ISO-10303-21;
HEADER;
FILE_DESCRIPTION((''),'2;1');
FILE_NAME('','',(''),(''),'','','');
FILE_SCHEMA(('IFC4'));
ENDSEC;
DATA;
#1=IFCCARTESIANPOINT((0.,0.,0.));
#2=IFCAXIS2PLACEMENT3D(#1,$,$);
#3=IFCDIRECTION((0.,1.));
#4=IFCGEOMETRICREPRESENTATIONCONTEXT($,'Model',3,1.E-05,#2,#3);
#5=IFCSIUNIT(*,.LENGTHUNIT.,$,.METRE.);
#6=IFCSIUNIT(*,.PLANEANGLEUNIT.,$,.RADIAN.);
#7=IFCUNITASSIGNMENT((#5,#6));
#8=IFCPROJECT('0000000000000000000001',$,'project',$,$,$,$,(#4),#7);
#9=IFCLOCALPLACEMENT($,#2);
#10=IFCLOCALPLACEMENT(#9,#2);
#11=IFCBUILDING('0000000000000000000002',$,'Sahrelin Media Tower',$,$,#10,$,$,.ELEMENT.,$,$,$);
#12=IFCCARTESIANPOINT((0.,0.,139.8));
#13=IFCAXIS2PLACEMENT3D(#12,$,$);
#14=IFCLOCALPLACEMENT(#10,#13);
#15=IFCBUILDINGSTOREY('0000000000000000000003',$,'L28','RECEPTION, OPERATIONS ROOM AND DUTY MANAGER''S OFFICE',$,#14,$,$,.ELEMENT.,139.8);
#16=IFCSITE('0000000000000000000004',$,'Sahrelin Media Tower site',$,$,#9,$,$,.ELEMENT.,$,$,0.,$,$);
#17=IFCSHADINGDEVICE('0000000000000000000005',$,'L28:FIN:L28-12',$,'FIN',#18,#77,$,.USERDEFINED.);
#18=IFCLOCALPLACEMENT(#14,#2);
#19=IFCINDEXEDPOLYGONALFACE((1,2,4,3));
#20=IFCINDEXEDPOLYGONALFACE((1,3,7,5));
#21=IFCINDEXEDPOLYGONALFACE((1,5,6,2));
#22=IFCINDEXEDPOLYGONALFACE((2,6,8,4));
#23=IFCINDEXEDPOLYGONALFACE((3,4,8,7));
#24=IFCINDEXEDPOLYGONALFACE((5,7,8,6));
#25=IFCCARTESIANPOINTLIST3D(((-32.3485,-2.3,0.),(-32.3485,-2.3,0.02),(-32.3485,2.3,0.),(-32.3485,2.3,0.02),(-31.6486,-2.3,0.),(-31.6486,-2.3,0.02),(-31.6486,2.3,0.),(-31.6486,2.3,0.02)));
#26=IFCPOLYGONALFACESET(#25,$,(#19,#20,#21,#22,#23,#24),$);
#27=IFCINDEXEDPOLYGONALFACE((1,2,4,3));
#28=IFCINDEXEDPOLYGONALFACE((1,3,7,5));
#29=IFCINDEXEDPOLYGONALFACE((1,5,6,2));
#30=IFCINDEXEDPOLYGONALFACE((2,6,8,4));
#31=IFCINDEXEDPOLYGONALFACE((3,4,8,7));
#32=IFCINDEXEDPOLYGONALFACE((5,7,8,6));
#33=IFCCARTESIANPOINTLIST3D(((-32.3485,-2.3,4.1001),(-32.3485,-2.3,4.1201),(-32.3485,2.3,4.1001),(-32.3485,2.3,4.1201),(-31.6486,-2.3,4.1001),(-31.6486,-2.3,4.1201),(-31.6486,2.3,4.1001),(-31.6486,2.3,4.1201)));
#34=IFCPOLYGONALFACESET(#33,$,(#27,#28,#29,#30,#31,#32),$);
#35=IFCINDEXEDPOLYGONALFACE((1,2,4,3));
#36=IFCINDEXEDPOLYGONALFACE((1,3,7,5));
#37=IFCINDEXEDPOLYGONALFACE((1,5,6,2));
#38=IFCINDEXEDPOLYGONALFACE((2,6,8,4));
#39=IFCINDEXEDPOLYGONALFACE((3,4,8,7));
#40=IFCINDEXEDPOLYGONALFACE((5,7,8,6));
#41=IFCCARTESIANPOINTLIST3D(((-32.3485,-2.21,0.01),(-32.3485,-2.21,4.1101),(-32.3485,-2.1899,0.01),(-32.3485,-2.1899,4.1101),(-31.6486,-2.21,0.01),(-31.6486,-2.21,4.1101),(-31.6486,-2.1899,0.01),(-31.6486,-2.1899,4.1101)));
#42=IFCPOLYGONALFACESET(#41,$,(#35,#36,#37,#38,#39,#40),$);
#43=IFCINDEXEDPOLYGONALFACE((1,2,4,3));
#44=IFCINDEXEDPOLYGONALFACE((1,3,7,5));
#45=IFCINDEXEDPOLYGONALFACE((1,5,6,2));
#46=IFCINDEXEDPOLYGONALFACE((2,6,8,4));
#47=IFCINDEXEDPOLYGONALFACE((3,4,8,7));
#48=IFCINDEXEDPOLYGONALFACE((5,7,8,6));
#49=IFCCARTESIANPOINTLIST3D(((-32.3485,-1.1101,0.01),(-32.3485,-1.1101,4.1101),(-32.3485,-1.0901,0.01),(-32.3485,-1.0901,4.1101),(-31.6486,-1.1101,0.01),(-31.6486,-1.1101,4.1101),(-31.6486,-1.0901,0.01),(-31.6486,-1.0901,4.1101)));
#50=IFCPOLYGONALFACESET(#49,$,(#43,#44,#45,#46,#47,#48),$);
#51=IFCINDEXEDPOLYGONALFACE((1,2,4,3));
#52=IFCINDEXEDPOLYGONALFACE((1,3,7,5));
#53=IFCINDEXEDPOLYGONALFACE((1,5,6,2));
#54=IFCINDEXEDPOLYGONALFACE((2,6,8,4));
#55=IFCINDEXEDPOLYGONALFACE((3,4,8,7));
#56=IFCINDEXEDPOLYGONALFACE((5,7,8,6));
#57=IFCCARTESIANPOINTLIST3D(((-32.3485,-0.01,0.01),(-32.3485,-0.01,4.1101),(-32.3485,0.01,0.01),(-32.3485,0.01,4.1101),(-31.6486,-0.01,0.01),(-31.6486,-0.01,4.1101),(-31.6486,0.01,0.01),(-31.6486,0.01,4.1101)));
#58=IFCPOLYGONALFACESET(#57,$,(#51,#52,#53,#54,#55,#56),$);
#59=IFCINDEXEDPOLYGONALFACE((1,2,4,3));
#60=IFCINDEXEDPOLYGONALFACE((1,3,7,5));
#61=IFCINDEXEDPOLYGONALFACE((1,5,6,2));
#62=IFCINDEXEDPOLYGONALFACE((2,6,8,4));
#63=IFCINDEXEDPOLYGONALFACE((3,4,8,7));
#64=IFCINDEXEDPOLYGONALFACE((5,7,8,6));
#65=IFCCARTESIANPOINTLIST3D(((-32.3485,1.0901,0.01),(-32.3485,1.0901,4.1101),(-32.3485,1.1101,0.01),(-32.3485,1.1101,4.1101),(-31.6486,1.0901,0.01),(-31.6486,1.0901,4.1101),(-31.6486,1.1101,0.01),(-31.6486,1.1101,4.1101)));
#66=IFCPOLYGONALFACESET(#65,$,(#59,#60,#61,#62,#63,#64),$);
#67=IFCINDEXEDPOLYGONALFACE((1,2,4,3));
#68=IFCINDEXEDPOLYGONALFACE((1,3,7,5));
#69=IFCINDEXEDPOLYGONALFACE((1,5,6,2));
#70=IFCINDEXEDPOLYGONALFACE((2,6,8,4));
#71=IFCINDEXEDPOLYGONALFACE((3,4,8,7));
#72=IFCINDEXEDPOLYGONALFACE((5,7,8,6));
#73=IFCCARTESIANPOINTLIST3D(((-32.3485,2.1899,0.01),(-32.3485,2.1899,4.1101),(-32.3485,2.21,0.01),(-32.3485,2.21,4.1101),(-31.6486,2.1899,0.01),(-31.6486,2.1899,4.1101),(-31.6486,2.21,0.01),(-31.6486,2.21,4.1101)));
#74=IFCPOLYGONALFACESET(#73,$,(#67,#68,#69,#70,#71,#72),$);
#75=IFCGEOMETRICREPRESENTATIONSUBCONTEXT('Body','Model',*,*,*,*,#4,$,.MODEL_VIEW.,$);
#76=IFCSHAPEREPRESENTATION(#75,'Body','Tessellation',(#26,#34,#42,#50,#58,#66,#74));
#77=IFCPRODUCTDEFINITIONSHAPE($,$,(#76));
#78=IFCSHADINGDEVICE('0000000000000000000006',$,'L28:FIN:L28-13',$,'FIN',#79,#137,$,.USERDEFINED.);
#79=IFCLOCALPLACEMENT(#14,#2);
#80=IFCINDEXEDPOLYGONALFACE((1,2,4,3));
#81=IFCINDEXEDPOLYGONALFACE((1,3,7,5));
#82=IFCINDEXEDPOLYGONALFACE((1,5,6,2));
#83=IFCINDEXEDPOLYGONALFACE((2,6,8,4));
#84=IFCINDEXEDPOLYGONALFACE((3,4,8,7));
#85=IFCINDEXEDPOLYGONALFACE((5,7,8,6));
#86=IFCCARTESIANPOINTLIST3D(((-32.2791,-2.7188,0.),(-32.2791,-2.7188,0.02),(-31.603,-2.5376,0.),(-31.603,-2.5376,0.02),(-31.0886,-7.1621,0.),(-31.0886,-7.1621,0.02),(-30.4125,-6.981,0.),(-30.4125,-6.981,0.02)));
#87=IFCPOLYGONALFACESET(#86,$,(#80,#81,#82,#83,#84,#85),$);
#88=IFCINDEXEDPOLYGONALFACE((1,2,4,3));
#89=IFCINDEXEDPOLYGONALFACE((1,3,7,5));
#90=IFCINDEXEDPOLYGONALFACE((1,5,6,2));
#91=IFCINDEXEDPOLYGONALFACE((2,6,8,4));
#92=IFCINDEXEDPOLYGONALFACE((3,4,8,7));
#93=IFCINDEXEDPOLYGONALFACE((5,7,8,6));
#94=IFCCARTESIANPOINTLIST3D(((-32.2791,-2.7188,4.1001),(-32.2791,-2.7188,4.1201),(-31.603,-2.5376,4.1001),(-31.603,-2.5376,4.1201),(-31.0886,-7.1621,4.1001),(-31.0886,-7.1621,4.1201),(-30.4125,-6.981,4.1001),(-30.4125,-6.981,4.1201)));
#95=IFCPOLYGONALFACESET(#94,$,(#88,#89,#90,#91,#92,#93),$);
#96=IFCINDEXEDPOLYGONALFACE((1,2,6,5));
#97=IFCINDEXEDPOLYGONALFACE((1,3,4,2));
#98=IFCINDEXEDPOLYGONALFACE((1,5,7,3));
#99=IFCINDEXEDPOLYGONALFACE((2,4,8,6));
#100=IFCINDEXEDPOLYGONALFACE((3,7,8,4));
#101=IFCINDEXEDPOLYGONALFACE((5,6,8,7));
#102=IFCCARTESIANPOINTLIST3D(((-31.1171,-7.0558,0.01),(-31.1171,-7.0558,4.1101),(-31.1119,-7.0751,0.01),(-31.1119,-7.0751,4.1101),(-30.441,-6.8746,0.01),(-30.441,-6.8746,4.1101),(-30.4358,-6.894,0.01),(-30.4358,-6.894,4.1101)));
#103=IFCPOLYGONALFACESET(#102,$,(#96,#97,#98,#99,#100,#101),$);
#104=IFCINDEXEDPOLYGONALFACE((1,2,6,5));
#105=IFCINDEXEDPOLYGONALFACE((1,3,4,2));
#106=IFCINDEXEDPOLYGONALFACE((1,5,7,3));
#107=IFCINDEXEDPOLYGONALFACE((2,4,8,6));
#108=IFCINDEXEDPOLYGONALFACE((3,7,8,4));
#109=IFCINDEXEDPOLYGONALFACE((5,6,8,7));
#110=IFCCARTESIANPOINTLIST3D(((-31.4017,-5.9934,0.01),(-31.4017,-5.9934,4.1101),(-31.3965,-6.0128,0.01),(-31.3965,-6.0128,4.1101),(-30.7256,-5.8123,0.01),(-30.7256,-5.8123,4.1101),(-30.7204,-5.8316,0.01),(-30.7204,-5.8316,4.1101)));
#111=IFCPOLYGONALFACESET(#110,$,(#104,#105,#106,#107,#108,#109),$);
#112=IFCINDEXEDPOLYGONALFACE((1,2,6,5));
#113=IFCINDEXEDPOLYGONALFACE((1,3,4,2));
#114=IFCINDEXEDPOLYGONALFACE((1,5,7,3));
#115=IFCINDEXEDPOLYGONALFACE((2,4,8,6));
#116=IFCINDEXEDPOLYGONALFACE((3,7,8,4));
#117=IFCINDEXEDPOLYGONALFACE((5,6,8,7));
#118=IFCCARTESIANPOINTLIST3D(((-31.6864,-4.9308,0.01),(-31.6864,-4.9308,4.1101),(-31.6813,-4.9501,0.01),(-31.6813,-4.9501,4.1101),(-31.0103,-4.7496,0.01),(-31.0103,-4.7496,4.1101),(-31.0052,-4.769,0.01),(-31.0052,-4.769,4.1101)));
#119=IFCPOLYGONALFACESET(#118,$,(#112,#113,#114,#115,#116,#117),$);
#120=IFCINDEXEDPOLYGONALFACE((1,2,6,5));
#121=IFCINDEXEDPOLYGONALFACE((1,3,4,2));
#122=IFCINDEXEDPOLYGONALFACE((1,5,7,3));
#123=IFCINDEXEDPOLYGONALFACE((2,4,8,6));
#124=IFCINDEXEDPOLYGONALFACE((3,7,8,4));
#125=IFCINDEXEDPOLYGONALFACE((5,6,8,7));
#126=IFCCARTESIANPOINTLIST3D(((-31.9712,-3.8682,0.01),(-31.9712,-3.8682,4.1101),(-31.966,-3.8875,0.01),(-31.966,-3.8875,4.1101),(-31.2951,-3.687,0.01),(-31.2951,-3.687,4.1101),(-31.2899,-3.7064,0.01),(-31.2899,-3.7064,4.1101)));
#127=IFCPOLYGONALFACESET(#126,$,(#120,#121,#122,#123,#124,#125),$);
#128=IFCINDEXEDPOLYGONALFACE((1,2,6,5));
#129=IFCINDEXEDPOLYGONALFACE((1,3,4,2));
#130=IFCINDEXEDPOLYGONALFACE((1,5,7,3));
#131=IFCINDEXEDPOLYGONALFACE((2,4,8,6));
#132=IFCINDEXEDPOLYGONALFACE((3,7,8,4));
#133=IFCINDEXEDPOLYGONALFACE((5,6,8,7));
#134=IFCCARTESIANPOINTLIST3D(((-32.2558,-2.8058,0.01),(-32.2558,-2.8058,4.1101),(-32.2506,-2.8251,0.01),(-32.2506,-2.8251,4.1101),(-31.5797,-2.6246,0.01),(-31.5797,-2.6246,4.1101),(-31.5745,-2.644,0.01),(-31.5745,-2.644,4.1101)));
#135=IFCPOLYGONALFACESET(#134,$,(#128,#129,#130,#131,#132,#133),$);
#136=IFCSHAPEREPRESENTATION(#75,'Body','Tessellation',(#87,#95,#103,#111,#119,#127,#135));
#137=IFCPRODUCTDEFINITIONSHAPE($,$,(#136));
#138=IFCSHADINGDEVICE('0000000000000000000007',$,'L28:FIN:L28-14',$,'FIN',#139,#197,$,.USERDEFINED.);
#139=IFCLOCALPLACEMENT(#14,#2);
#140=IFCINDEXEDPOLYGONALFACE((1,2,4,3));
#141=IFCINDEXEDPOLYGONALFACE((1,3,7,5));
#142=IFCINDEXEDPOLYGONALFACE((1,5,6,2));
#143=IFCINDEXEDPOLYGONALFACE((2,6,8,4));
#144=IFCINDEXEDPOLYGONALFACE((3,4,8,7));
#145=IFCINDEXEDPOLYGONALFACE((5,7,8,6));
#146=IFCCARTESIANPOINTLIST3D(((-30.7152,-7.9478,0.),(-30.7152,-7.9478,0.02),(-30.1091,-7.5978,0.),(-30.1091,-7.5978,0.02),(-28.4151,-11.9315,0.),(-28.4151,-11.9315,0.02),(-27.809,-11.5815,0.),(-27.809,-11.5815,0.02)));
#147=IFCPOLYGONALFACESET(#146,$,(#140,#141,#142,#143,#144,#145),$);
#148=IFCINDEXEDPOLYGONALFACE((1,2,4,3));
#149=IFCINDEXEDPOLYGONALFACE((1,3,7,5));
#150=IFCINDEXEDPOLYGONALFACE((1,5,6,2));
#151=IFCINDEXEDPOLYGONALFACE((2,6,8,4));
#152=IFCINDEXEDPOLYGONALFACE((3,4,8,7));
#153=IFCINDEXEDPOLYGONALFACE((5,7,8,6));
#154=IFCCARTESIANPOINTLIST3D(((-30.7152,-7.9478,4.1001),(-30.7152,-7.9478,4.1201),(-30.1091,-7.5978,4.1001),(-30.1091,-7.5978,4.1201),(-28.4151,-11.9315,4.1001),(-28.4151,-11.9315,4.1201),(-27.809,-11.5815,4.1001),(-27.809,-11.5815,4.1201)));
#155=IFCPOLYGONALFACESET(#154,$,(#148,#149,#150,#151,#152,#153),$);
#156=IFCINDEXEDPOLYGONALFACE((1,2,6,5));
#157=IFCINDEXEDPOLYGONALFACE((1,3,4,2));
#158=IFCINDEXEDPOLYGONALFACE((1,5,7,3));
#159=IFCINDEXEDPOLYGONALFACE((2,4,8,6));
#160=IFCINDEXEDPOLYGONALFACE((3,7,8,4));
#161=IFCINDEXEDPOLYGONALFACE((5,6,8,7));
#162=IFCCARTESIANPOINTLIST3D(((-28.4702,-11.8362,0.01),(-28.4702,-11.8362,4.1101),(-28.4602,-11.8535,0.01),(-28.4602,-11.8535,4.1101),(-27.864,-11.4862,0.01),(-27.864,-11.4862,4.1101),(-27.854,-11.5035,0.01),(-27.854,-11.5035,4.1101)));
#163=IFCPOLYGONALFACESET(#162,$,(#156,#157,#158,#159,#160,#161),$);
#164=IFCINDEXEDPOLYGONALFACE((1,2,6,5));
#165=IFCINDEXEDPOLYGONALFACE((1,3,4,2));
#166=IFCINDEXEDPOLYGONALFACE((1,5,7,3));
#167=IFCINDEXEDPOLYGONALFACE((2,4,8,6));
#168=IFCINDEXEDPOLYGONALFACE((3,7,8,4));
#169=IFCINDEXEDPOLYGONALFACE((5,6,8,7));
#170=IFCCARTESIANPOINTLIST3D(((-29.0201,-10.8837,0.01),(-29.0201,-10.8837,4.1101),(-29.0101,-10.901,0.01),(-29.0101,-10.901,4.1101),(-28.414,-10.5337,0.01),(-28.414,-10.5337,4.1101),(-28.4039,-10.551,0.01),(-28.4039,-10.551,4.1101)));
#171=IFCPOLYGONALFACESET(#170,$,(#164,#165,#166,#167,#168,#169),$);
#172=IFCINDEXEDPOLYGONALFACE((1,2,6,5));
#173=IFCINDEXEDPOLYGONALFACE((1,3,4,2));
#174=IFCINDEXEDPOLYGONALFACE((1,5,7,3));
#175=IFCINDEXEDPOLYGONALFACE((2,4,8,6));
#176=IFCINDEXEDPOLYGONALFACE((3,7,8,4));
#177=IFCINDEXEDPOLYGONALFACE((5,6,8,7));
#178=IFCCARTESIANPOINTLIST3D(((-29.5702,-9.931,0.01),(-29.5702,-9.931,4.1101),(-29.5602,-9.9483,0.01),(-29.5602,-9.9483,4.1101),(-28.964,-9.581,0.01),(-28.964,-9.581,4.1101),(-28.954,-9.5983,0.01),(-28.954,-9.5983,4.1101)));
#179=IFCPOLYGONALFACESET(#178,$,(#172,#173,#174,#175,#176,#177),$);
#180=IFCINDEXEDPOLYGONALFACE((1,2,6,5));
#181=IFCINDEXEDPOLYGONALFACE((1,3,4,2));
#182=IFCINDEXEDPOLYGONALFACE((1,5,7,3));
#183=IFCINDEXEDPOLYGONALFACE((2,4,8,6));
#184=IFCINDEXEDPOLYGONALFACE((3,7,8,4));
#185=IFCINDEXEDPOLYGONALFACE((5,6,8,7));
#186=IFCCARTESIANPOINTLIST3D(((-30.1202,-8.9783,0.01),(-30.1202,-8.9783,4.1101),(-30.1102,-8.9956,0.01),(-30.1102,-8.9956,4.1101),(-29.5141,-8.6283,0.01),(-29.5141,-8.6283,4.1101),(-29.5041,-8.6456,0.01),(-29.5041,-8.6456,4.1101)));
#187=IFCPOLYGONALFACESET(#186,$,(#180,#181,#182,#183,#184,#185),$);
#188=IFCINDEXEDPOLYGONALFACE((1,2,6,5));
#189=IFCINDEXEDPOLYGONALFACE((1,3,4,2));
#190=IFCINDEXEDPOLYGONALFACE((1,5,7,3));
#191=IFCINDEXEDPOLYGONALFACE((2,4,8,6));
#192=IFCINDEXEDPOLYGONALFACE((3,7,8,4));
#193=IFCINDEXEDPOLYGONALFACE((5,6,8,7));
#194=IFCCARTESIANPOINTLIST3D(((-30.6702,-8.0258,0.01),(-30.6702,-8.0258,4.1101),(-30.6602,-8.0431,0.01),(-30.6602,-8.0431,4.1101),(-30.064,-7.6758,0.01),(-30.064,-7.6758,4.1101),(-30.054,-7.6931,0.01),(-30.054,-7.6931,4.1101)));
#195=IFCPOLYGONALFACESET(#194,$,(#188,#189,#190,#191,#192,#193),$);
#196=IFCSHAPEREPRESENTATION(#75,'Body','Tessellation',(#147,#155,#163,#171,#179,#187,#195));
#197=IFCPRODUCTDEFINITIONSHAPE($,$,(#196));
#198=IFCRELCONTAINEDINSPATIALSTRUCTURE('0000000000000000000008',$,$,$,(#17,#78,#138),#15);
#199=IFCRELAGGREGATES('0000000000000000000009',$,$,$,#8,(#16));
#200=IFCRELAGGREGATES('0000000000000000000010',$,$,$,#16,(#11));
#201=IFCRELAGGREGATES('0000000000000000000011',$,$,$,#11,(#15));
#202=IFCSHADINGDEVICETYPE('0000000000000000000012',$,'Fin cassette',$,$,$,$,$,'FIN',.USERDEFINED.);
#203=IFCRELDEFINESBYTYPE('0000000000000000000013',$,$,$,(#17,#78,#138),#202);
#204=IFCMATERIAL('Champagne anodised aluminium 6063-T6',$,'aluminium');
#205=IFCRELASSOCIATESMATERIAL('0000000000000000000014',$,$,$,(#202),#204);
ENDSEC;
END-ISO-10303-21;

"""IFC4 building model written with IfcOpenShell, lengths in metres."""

from ifc_helpers import new_model, si_unit, direction, frame, origin, origin_2d, place, context, subcontext, project, spatial, rectangle, extrude, material, type_object, element, save


model = new_model("IFC4")

# Units and contexts
model_context = context("Model", 3, precision=1e-05, world=origin(), true_north=direction((0.0, 1.0)))
body_context = subcontext(model_context, "Body", "Model", "MODEL_VIEW")
ifc_project = project(units=[si_unit("LENGTHUNIT", "METRE"), si_unit("PLANEANGLEUNIT", "RADIAN")], contexts=[model_context])

# Site, building, storey
site_placement = place(None, origin())
site = spatial("IfcSite", under=ifc_project, at=site_placement, Name="Sahrelin Media Tower site", CompositionType="ELEMENT", RefElevation=0.0)
building_placement = place(site_placement, origin())
building = spatial("IfcBuilding", under=site, at=building_placement, Name="Sahrelin Media Tower", CompositionType="ELEMENT")
storey_placement = place(building_placement, frame((0.0, 0.0, 139.8)))
storey = spatial("IfcBuildingStorey", under=building, at=storey_placement, Name="L28", Description="RECEPTION, OPERATIONS ROOM AND DUTY MANAGER'S OFFICE", CompositionType="ELEMENT", Elevation=139.8)

# Shared definitions
ifc_material_1 = material(Name="Champagne anodised aluminium 6063-T6", Category="aluminium")

# Shading devices
shading_device_type_1 = type_object("IfcShadingDeviceType", Name="Fin cassette", ElementType="FIN", PredefinedType="USERDEFINED", material=ifc_material_1)
placement_1 = place(storey_placement, frame((-31.5786, 0.0, 0.0), z_axis=(0.0, 0.0, 1.0), x_axis=(0.0, 1.0, 0.0)))
element("IfcShadingDevice", 1, at=placement_1, inside=storey, type_object=shading_device_type_1, Name="L28:FIN:L28-12", ObjectType="FIN", PredefinedType="USERDEFINED", context=body_context, shape_type="SweptSolid", body=[
    extrude(rectangle(XDim=4.6001, YDim=0.7, at=origin_2d()), frame((0.0, 0.4199, 0.0)), (0.0, 0.0, 1.0), 0.02),
    extrude(rectangle(XDim=4.6001, YDim=0.7, at=origin_2d()), frame((0.0, 0.4199, 4.1001)), (0.0, 0.0, 1.0), 0.02),
    extrude(rectangle(XDim=0.02, YDim=0.7, at=origin_2d()), frame((-2.2, 0.4199, 0.01), z_axis=(0.0, 0.0, 1.0), x_axis=(1.0, 0.0, 0.0)), (0.0, 0.0, 1.0), 4.1001),
    extrude(rectangle(XDim=0.02, YDim=0.7, at=origin_2d()), frame((-1.1001, 0.4199, 0.01), z_axis=(0.0, 0.0, 1.0), x_axis=(1.0, 0.0, 0.0)), (0.0, 0.0, 1.0), 4.1001),
    extrude(rectangle(XDim=0.02, YDim=0.7, at=origin_2d()), frame((0.0, 0.4199, 0.01), z_axis=(0.0, 0.0, 1.0), x_axis=(1.0, 0.0, 0.0)), (0.0, 0.0, 1.0), 4.1001),
    extrude(rectangle(XDim=0.02, YDim=0.7, at=origin_2d()), frame((1.1001, 0.4199, 0.01), z_axis=(0.0, 0.0, 1.0), x_axis=(1.0, 0.0, 0.0)), (0.0, 0.0, 1.0), 4.1001),
    extrude(rectangle(XDim=0.02, YDim=0.7, at=origin_2d()), frame((2.2, 0.4199, 0.01), z_axis=(0.0, 0.0, 1.0), x_axis=(1.0, 0.0, 0.0)), (0.0, 0.0, 1.0), 4.1001),
])
placement_2 = place(storey_placement, frame((-30.9402, -4.7412, 0.0), z_axis=(0.0, 0.0, 1.0), x_axis=(-0.258808, 0.965929, 0.0)))
element("IfcShadingDevice", 2, at=placement_2, inside=storey, type_object=shading_device_type_1, Name="L28:FIN:L28-13", ObjectType="FIN", PredefinedType="USERDEFINED", context=body_context, shape_type="SweptSolid", body=[
    extrude(rectangle(XDim=4.6001, YDim=0.7, at=origin_2d()), frame((0.0, 0.4199, 0.0)), (0.0, 0.0, 1.0), 0.02),
    extrude(rectangle(XDim=4.6001, YDim=0.7, at=origin_2d()), frame((0.0, 0.4199, 4.1001)), (0.0, 0.0, 1.0), 0.02),
    extrude(rectangle(XDim=0.02, YDim=0.7, at=origin_2d()), frame((-2.2, 0.4199, 0.01), z_axis=(0.0, 0.0, 1.0), x_axis=(1.0, 0.0, 0.0)), (0.0, 0.0, 1.0), 4.1001),
    extrude(rectangle(XDim=0.02, YDim=0.7, at=origin_2d()), frame((-1.1001, 0.4199, 0.01), z_axis=(0.0, 0.0, 1.0), x_axis=(1.0, 0.0, 0.0)), (0.0, 0.0, 1.0), 4.1001),
    extrude(rectangle(XDim=0.02, YDim=0.7, at=origin_2d()), frame((0.0, 0.4199, 0.01), z_axis=(0.0, 0.0, 1.0), x_axis=(1.0, 0.0, 0.0)), (0.0, 0.0, 1.0), 4.1001),
    extrude(rectangle(XDim=0.02, YDim=0.7, at=origin_2d()), frame((1.1001, 0.4199, 0.01), z_axis=(0.0, 0.0, 1.0), x_axis=(1.0, 0.0, 0.0)), (0.0, 0.0, 1.0), 4.1001),
    extrude(rectangle(XDim=0.02, YDim=0.7, at=origin_2d()), frame((2.2, 0.4199, 0.01), z_axis=(0.0, 0.0, 1.0), x_axis=(1.0, 0.0, 0.0)), (0.0, 0.0, 1.0), 4.1001),
])
shading_device_1_placement = place(storey_placement, frame((-28.8984, -9.5547, 0.0), z_axis=(0.0, 0.0, 1.0), x_axis=(-0.500011, 0.866019, 0.0)))
element("IfcShadingDevice", 3, at=shading_device_1_placement, inside=storey, type_object=shading_device_type_1, Name="L28:FIN:L28-14", ObjectType="FIN", PredefinedType="USERDEFINED", context=body_context, shape_type="SweptSolid", body=[
    extrude(rectangle(XDim=4.6001, YDim=0.7, at=origin_2d()), frame((0.0, 0.4199, 0.0)), (0.0, 0.0, 1.0), 0.02),
    extrude(rectangle(XDim=4.6001, YDim=0.7, at=origin_2d()), frame((0.0, 0.4199, 4.1001)), (0.0, 0.0, 1.0), 0.02),
    extrude(rectangle(XDim=0.02, YDim=0.7, at=origin_2d()), frame((-2.2, 0.4199, 0.01), z_axis=(0.0, 0.0, 1.0), x_axis=(1.0, 0.0, 0.0)), (0.0, 0.0, 1.0), 4.1001),
    extrude(rectangle(XDim=0.02, YDim=0.7, at=origin_2d()), frame((-1.1001, 0.4199, 0.01), z_axis=(0.0, 0.0, 1.0), x_axis=(1.0, 0.0, 0.0)), (0.0, 0.0, 1.0), 4.1001),
    extrude(rectangle(XDim=0.02, YDim=0.7, at=origin_2d()), frame((0.0, 0.4199, 0.01), z_axis=(0.0, 0.0, 1.0), x_axis=(1.0, 0.0, 0.0)), (0.0, 0.0, 1.0), 4.1001),
    extrude(rectangle(XDim=0.02, YDim=0.7, at=origin_2d()), frame((1.1001, 0.4199, 0.01), z_axis=(0.0, 0.0, 1.0), x_axis=(1.0, 0.0, 0.0)), (0.0, 0.0, 1.0), 4.1001),
    extrude(rectangle(XDim=0.02, YDim=0.7, at=origin_2d()), frame((2.2, 0.4199, 0.01), z_axis=(0.0, 0.0, 1.0), x_axis=(1.0, 0.0, 0.0)), (0.0, 0.0, 1.0), 4.1001),
])

save(model, "model.ifc")
